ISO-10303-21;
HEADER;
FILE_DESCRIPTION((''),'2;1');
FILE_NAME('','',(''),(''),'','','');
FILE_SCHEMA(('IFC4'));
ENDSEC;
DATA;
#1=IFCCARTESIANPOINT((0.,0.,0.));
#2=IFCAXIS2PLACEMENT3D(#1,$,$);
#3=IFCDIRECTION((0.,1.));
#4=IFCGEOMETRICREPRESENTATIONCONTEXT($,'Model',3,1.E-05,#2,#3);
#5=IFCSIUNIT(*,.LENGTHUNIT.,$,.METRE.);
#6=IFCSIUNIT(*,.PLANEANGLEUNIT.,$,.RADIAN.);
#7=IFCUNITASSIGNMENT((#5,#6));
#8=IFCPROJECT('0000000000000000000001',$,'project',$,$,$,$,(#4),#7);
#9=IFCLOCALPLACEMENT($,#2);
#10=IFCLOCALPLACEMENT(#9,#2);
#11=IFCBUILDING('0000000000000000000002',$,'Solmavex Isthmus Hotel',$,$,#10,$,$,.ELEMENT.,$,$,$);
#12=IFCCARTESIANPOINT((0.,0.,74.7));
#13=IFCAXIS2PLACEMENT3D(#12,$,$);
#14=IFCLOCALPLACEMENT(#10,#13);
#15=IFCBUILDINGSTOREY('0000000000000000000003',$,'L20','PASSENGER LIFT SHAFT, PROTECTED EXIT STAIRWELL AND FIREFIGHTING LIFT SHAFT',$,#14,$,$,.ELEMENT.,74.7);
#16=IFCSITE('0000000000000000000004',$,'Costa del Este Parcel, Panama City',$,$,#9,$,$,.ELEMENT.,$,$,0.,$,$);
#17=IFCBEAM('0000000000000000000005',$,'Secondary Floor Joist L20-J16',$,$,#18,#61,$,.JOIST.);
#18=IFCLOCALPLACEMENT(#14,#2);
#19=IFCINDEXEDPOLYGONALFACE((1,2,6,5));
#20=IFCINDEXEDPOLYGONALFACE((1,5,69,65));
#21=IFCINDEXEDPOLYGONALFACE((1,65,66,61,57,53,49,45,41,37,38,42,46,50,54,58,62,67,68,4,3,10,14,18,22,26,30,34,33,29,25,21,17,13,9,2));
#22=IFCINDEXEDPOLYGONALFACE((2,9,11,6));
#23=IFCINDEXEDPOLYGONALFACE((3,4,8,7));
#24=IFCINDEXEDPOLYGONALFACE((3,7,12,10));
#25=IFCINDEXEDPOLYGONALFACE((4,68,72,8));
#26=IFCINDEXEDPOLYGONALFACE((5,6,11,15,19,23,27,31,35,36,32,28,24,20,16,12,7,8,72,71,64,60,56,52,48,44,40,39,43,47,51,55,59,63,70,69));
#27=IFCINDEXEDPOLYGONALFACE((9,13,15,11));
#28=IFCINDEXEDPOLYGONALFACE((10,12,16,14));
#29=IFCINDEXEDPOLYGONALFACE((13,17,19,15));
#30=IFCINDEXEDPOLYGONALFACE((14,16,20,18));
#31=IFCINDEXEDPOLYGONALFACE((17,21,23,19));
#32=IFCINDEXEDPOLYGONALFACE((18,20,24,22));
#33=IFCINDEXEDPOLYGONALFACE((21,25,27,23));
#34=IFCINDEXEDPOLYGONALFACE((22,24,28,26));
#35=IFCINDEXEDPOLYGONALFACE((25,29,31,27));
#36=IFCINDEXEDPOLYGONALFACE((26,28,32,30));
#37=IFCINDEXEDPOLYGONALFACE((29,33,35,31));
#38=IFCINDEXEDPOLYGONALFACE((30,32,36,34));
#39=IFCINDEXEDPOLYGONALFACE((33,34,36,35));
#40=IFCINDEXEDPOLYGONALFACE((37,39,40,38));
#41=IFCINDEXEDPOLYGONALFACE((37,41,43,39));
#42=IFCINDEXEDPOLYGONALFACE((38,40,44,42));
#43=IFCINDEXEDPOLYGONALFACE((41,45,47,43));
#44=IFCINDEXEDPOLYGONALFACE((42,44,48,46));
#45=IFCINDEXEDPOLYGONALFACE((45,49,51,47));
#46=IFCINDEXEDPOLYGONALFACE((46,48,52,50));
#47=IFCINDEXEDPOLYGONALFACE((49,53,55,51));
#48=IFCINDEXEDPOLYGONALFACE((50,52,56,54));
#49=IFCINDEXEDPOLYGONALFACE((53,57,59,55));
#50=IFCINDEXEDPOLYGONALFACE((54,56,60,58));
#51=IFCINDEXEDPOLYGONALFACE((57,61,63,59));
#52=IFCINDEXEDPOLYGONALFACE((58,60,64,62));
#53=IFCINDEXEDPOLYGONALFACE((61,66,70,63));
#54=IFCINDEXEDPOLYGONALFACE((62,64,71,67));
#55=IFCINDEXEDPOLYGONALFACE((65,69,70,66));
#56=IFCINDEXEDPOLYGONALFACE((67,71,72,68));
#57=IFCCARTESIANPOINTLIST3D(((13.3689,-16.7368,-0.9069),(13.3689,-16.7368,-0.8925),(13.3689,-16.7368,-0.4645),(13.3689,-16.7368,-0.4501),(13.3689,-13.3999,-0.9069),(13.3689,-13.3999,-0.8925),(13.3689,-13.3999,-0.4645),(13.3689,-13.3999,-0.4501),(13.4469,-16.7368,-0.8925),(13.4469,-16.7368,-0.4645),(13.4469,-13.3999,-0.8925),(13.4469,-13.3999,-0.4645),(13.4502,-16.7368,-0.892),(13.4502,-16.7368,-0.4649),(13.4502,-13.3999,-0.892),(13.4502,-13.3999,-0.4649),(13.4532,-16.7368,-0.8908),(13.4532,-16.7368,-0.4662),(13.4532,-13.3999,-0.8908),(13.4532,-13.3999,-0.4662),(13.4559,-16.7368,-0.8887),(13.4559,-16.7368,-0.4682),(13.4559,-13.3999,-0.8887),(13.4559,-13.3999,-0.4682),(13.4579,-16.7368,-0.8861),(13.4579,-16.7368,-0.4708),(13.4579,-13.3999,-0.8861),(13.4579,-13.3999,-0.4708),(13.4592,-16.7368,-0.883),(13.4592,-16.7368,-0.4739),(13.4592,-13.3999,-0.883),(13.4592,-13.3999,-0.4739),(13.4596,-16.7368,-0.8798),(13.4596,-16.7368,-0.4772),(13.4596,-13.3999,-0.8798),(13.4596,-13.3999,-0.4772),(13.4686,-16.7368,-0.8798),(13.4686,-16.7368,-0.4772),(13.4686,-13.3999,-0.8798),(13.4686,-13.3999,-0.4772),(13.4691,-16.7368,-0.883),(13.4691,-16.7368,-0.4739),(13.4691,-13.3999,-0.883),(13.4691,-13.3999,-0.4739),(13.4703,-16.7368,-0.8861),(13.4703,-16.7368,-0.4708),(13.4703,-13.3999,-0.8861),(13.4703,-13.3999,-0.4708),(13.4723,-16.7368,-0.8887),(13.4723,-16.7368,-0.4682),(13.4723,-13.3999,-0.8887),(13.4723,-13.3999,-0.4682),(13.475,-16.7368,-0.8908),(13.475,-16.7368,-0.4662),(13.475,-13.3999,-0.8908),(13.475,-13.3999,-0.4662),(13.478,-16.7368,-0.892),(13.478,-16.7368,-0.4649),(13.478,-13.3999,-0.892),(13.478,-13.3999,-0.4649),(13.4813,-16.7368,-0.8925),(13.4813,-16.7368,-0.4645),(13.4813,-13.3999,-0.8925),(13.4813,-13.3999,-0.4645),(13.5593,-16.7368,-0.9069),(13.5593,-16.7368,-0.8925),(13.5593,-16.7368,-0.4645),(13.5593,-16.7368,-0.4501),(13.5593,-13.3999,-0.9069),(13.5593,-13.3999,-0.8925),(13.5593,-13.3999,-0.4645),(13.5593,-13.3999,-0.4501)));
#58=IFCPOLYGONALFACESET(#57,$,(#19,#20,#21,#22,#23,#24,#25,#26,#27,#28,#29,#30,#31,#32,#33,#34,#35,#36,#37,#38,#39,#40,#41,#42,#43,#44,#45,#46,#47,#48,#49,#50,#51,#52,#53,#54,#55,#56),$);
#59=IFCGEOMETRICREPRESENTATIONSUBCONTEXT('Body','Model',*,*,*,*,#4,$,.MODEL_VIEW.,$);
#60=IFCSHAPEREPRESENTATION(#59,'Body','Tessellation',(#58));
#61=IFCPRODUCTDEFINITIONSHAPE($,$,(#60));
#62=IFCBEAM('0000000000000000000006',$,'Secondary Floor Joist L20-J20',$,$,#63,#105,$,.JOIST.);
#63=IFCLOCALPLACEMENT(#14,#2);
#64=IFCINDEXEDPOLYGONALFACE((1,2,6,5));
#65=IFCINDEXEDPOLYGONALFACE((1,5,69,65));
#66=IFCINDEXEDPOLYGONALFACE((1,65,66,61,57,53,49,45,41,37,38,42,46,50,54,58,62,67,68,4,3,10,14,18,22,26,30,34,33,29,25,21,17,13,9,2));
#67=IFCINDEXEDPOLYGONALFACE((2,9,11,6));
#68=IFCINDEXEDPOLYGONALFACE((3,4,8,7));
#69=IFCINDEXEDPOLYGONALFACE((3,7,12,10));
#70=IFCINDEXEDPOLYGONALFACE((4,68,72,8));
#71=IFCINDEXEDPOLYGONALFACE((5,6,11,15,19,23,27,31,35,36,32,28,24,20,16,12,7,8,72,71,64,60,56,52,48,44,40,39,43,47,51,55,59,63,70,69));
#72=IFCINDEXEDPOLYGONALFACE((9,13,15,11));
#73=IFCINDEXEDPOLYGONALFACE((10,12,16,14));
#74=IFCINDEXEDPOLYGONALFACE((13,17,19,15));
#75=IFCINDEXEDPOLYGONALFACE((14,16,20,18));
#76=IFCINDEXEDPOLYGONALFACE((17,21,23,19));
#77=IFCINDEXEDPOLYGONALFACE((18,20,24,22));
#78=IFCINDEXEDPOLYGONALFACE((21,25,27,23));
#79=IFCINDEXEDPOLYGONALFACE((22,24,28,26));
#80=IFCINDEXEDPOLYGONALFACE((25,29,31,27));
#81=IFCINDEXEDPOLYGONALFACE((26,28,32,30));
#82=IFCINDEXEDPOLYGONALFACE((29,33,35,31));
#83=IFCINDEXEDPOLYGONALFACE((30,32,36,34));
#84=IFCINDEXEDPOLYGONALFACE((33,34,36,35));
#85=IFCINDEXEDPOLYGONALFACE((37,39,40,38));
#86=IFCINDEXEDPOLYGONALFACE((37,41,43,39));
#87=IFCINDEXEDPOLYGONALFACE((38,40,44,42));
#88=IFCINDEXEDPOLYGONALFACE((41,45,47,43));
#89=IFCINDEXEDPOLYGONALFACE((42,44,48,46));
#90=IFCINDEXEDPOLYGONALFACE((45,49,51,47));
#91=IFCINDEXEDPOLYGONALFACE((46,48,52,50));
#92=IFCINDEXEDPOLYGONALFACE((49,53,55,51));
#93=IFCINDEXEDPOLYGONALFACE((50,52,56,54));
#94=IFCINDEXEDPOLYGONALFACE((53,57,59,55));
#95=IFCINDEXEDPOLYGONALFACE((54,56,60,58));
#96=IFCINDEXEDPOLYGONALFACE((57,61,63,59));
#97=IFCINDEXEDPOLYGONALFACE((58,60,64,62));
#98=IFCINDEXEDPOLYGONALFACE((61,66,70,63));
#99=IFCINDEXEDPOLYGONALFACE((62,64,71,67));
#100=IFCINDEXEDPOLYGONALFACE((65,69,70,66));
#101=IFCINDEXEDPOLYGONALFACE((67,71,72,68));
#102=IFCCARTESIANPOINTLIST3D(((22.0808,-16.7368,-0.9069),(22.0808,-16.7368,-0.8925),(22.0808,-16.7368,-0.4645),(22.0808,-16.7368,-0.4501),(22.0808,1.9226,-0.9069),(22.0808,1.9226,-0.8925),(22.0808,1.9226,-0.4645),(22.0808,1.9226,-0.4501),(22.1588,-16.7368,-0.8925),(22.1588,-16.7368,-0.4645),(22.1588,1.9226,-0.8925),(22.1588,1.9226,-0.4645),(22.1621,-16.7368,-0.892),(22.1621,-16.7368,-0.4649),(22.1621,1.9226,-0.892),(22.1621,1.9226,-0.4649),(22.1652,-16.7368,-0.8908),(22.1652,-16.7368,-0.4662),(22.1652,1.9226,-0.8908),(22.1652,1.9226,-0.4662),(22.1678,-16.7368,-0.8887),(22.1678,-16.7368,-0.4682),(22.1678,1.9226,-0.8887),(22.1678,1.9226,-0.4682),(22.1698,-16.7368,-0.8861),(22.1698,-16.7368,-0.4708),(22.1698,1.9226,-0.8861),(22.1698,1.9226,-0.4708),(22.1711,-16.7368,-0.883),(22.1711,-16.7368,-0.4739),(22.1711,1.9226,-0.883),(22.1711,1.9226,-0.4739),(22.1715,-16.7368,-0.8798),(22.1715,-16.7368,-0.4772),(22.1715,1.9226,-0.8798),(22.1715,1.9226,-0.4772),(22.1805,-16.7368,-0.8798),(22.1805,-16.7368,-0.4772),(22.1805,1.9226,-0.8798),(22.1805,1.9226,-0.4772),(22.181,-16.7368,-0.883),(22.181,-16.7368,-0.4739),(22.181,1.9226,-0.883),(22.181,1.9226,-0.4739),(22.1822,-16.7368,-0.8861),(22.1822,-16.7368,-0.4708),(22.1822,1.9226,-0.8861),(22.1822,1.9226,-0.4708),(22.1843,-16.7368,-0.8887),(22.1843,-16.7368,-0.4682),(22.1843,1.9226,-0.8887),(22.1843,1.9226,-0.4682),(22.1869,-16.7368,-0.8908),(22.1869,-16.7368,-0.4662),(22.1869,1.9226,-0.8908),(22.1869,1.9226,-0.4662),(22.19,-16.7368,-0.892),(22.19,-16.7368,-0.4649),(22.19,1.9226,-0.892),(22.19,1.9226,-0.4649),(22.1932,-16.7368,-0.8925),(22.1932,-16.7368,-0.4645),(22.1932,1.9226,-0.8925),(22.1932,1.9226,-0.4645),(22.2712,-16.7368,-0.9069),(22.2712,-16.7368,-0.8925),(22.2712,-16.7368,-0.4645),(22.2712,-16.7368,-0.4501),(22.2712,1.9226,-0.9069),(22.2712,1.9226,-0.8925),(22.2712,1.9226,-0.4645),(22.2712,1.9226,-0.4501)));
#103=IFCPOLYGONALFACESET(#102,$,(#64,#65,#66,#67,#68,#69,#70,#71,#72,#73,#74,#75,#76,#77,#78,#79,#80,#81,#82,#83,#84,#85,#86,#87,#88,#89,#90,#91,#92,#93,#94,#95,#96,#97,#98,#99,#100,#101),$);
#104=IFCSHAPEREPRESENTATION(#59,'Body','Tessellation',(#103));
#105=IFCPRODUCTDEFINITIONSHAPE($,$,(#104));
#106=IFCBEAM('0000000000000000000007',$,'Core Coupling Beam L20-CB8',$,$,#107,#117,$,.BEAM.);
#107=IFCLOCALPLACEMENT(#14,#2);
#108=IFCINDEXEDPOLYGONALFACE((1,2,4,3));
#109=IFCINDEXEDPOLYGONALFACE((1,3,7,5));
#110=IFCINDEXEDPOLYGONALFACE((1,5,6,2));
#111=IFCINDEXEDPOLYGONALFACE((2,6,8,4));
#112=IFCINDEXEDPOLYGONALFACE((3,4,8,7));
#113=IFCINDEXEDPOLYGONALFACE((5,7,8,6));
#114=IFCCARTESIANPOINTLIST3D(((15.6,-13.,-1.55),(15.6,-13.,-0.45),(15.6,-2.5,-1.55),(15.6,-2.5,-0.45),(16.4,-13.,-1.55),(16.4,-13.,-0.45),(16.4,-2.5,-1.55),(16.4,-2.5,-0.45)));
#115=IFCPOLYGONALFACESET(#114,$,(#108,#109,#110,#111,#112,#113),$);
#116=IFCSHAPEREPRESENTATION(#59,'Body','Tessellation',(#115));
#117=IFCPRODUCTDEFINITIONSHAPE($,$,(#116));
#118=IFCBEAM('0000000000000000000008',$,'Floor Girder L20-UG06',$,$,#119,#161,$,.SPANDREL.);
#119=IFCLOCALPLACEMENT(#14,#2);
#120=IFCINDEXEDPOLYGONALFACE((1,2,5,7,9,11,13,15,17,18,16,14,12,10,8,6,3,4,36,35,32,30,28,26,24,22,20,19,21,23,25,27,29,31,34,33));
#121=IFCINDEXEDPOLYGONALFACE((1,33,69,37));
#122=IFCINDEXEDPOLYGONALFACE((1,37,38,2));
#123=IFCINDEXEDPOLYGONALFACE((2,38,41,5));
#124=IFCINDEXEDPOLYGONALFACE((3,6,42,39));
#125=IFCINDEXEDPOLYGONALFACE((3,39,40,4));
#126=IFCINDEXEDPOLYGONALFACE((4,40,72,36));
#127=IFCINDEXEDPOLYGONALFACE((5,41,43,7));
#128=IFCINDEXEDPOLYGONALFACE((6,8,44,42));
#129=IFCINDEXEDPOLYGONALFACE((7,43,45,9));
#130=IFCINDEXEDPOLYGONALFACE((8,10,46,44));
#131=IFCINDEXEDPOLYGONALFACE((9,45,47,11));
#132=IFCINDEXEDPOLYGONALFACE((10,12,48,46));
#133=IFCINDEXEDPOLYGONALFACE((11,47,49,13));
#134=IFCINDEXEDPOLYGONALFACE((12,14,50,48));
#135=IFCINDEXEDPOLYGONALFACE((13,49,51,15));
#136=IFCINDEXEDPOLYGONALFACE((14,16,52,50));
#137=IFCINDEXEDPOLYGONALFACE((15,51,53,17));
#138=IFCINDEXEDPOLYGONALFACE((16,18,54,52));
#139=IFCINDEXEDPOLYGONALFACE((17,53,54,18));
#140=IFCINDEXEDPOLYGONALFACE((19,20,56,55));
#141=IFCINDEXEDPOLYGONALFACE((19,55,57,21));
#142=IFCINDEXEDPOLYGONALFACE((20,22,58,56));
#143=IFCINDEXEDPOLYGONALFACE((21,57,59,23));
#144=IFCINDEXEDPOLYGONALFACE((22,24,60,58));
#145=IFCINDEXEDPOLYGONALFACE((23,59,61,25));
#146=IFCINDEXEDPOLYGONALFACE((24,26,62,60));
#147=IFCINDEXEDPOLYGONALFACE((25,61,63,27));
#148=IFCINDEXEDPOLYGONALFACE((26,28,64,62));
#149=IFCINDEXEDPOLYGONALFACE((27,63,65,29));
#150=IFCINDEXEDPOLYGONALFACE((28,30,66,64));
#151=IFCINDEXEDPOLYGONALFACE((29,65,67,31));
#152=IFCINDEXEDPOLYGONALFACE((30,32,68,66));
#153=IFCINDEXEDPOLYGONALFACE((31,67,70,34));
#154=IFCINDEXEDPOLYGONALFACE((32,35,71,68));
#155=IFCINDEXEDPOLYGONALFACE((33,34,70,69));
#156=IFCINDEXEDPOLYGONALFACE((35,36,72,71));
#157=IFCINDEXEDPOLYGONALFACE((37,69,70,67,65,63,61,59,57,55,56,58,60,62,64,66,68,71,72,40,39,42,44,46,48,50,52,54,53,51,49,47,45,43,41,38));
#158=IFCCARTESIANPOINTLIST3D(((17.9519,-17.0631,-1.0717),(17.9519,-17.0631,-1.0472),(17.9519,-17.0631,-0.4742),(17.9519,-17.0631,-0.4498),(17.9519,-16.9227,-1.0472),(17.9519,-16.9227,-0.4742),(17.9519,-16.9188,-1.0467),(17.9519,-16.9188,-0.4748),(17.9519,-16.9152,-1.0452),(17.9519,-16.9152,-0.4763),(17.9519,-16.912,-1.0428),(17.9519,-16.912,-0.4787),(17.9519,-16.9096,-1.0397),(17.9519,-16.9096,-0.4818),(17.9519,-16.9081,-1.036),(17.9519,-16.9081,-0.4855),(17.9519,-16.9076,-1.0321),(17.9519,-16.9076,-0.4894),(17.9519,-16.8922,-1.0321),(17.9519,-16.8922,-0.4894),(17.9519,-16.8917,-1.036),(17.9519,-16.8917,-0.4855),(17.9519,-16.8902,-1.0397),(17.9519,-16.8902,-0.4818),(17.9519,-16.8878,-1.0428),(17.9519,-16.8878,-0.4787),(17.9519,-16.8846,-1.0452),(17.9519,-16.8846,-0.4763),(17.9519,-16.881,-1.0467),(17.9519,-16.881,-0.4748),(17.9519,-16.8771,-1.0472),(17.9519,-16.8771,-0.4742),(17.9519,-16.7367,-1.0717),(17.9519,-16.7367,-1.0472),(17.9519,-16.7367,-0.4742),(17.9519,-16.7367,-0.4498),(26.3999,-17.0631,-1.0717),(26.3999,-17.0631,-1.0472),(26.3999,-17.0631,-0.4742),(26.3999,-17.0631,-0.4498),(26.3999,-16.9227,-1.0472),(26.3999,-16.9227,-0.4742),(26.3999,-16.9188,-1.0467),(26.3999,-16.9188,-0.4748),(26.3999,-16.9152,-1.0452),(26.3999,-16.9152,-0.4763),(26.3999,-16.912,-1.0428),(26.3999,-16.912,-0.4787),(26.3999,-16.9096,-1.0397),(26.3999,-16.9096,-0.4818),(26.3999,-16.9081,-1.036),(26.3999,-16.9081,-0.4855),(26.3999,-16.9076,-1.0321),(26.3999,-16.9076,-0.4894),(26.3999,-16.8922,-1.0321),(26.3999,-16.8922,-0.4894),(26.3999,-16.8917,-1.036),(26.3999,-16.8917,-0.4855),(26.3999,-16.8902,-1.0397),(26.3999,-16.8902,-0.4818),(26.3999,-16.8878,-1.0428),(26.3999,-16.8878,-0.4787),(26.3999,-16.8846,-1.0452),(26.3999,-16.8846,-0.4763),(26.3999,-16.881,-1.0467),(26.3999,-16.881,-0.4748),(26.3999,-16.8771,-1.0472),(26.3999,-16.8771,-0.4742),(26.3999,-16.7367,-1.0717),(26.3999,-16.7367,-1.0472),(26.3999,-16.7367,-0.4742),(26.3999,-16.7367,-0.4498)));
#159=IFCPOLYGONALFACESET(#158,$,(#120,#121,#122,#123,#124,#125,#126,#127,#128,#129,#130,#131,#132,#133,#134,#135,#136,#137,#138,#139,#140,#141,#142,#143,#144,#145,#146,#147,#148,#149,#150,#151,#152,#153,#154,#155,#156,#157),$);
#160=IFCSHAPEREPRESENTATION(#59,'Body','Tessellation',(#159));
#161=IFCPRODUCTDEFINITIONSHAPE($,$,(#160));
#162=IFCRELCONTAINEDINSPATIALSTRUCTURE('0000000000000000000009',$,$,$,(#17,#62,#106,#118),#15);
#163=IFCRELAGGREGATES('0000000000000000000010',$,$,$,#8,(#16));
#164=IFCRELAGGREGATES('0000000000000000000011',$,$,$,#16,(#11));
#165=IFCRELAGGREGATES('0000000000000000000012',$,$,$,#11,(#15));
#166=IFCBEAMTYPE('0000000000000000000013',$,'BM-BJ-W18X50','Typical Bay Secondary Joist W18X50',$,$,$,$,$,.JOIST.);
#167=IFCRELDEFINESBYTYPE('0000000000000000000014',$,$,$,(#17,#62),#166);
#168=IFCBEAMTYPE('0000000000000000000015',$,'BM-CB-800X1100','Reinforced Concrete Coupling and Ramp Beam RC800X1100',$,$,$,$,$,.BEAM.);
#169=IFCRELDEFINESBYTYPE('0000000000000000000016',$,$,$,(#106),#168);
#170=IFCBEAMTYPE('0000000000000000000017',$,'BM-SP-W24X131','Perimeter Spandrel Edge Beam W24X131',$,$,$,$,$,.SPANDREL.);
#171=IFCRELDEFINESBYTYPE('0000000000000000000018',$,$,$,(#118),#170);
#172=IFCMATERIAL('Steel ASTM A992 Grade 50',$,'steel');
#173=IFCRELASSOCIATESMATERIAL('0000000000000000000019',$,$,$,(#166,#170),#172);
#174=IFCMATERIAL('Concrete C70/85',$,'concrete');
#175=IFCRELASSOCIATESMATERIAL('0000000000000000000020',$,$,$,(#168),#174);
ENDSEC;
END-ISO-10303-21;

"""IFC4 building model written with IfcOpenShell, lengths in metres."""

from ifc_helpers import new_model, si_unit, direction, frame, origin, origin_2d, place, context, subcontext, project, spatial, rectangle, i_section, extrude, material, material_profile, profile_set, type_object, element, save


model = new_model("IFC4")

# Units and contexts
model_context = context("Model", 3, precision=1e-05, world=origin(), true_north=direction((0.0, 1.0)))
body_context = subcontext(model_context, "Body", "Model", "MODEL_VIEW")
ifc_project = project(units=[si_unit("LENGTHUNIT", "METRE"), si_unit("PLANEANGLEUNIT", "RADIAN")], contexts=[model_context])

# Site, building, storey
site_placement = place(None, origin())
site = spatial("IfcSite", under=ifc_project, at=site_placement, Name="Costa del Este Parcel, Panama City", CompositionType="ELEMENT", RefElevation=0.0)
building_placement = place(site_placement, origin())
building = spatial("IfcBuilding", under=site, at=building_placement, Name="Solmavex Isthmus Hotel", CompositionType="ELEMENT")
storey_placement = place(building_placement, frame((0.0, 0.0, 74.7)))
storey = spatial("IfcBuildingStorey", under=building, at=storey_placement, Name="L20", Description="PASSENGER LIFT SHAFT, PROTECTED EXIT STAIRWELL AND FIREFIGHTING LIFT SHAFT", CompositionType="ELEMENT", Elevation=74.7)

# Shared definitions
ifc_material_1 = material(Name="Concrete C70/85", Category="concrete")

# Beams
ifc_material_2 = material(Name="Steel ASTM A992 Grade 50", Category="steel")
ifc_material_profile_1 = material_profile(ifc_material_2, i_section(OverallWidth=0.1904, OverallDepth=0.4568, WebThickness=0.009, FlangeThickness=0.0144, FilletRadius=0.0127, at=origin_2d()), Name="W18X50")
ifc_profile_set_1 = profile_set([ifc_material_profile_1], Name="Steel ASTM A992 Grade 50")
beam_type_1 = type_object("IfcBeamType", Name="BM-BJ-W18X50", Description="Typical Bay Secondary Joist W18X50", PredefinedType="JOIST", material=ifc_profile_set_1)
beam_1_placement = place(storey_placement, frame((13.4641, -16.7368, -0.6785), z_axis=(0.0, 1.0, 0.0), x_axis=(-1.0, 0.0, 0.0)))
element("IfcBeam", 1, at=beam_1_placement, inside=storey, type_object=beam_type_1, Name="Secondary Floor Joist L20-J16", PredefinedType="JOIST", context=body_context, shape_type="SweptSolid", body=[
    extrude(i_section(OverallWidth=0.1904, OverallDepth=0.4568, WebThickness=0.009, FlangeThickness=0.0144, FilletRadius=0.0127, at=origin_2d()), origin(), (0.0, 0.0, 1.0), 3.3369),
])
beam_2_placement = place(storey_placement, frame((22.176, -16.7368, -0.6785), z_axis=(0.0, 1.0, 0.0), x_axis=(-1.0, 0.0, 0.0)))
element("IfcBeam", 2, at=beam_2_placement, inside=storey, type_object=beam_type_1, Name="Secondary Floor Joist L20-J20", PredefinedType="JOIST", context=body_context, shape_type="SweptSolid", body=[
    extrude(i_section(OverallWidth=0.1904, OverallDepth=0.4568, WebThickness=0.009, FlangeThickness=0.0144, FilletRadius=0.0127, at=origin_2d()), origin(), (0.0, 0.0, 1.0), 18.6594),
])
ifc_material_profile_2 = material_profile(ifc_material_1, rectangle(XDim=0.8, YDim=1.1001, at=origin_2d()), Name="RC800X1100")
ifc_profile_set_2 = profile_set([ifc_material_profile_2], Name="Concrete C70/85")
beam_type_2 = type_object("IfcBeamType", Name="BM-CB-800X1100", Description="Reinforced Concrete Coupling and Ramp Beam RC800X1100", PredefinedType="BEAM", material=ifc_profile_set_2)
beam_3_placement = place(storey_placement, frame((16.0, -13.0, -1.0), z_axis=(0.0, 1.0, 0.0), x_axis=(-1.0, 0.0, 0.0)))
element("IfcBeam", 3, at=beam_3_placement, inside=storey, type_object=beam_type_2, Name="Core Coupling Beam L20-CB8", PredefinedType="BEAM", context=body_context, shape_type="SweptSolid", body=[
    extrude(rectangle(XDim=0.8, YDim=1.1001, at=origin_2d()), origin(), (0.0, 0.0, 1.0), 10.5),
])
ifc_material_profile_3 = material_profile(ifc_material_2, i_section(OverallWidth=0.3264, OverallDepth=0.6218, WebThickness=0.0154, FlangeThickness=0.0244, FilletRadius=0.0151, at=origin_2d()), Name="W24X131")
ifc_profile_set_3 = profile_set([ifc_material_profile_3], Name="Steel ASTM A992 Grade 50")
beam_type_3 = type_object("IfcBeamType", Name="BM-SP-W24X131", Description="Perimeter Spandrel Edge Beam W24X131", PredefinedType="SPANDREL", material=ifc_profile_set_3)
beam_4_placement = place(storey_placement, frame((17.9519, -16.8999, -0.7607), z_axis=(1.0, 0.0, 0.0), x_axis=(0.0, 1.0, 0.0)))
element("IfcBeam", 4, at=beam_4_placement, inside=storey, type_object=beam_type_3, Name="Floor Girder L20-UG06", PredefinedType="SPANDREL", context=body_context, shape_type="SweptSolid", body=[
    extrude(i_section(OverallWidth=0.3264, OverallDepth=0.6218, WebThickness=0.0154, FlangeThickness=0.0244, FilletRadius=0.0151, at=origin_2d()), origin(), (0.0, 0.0, 1.0), 8.448),
])

save(model, "model.ifc")
